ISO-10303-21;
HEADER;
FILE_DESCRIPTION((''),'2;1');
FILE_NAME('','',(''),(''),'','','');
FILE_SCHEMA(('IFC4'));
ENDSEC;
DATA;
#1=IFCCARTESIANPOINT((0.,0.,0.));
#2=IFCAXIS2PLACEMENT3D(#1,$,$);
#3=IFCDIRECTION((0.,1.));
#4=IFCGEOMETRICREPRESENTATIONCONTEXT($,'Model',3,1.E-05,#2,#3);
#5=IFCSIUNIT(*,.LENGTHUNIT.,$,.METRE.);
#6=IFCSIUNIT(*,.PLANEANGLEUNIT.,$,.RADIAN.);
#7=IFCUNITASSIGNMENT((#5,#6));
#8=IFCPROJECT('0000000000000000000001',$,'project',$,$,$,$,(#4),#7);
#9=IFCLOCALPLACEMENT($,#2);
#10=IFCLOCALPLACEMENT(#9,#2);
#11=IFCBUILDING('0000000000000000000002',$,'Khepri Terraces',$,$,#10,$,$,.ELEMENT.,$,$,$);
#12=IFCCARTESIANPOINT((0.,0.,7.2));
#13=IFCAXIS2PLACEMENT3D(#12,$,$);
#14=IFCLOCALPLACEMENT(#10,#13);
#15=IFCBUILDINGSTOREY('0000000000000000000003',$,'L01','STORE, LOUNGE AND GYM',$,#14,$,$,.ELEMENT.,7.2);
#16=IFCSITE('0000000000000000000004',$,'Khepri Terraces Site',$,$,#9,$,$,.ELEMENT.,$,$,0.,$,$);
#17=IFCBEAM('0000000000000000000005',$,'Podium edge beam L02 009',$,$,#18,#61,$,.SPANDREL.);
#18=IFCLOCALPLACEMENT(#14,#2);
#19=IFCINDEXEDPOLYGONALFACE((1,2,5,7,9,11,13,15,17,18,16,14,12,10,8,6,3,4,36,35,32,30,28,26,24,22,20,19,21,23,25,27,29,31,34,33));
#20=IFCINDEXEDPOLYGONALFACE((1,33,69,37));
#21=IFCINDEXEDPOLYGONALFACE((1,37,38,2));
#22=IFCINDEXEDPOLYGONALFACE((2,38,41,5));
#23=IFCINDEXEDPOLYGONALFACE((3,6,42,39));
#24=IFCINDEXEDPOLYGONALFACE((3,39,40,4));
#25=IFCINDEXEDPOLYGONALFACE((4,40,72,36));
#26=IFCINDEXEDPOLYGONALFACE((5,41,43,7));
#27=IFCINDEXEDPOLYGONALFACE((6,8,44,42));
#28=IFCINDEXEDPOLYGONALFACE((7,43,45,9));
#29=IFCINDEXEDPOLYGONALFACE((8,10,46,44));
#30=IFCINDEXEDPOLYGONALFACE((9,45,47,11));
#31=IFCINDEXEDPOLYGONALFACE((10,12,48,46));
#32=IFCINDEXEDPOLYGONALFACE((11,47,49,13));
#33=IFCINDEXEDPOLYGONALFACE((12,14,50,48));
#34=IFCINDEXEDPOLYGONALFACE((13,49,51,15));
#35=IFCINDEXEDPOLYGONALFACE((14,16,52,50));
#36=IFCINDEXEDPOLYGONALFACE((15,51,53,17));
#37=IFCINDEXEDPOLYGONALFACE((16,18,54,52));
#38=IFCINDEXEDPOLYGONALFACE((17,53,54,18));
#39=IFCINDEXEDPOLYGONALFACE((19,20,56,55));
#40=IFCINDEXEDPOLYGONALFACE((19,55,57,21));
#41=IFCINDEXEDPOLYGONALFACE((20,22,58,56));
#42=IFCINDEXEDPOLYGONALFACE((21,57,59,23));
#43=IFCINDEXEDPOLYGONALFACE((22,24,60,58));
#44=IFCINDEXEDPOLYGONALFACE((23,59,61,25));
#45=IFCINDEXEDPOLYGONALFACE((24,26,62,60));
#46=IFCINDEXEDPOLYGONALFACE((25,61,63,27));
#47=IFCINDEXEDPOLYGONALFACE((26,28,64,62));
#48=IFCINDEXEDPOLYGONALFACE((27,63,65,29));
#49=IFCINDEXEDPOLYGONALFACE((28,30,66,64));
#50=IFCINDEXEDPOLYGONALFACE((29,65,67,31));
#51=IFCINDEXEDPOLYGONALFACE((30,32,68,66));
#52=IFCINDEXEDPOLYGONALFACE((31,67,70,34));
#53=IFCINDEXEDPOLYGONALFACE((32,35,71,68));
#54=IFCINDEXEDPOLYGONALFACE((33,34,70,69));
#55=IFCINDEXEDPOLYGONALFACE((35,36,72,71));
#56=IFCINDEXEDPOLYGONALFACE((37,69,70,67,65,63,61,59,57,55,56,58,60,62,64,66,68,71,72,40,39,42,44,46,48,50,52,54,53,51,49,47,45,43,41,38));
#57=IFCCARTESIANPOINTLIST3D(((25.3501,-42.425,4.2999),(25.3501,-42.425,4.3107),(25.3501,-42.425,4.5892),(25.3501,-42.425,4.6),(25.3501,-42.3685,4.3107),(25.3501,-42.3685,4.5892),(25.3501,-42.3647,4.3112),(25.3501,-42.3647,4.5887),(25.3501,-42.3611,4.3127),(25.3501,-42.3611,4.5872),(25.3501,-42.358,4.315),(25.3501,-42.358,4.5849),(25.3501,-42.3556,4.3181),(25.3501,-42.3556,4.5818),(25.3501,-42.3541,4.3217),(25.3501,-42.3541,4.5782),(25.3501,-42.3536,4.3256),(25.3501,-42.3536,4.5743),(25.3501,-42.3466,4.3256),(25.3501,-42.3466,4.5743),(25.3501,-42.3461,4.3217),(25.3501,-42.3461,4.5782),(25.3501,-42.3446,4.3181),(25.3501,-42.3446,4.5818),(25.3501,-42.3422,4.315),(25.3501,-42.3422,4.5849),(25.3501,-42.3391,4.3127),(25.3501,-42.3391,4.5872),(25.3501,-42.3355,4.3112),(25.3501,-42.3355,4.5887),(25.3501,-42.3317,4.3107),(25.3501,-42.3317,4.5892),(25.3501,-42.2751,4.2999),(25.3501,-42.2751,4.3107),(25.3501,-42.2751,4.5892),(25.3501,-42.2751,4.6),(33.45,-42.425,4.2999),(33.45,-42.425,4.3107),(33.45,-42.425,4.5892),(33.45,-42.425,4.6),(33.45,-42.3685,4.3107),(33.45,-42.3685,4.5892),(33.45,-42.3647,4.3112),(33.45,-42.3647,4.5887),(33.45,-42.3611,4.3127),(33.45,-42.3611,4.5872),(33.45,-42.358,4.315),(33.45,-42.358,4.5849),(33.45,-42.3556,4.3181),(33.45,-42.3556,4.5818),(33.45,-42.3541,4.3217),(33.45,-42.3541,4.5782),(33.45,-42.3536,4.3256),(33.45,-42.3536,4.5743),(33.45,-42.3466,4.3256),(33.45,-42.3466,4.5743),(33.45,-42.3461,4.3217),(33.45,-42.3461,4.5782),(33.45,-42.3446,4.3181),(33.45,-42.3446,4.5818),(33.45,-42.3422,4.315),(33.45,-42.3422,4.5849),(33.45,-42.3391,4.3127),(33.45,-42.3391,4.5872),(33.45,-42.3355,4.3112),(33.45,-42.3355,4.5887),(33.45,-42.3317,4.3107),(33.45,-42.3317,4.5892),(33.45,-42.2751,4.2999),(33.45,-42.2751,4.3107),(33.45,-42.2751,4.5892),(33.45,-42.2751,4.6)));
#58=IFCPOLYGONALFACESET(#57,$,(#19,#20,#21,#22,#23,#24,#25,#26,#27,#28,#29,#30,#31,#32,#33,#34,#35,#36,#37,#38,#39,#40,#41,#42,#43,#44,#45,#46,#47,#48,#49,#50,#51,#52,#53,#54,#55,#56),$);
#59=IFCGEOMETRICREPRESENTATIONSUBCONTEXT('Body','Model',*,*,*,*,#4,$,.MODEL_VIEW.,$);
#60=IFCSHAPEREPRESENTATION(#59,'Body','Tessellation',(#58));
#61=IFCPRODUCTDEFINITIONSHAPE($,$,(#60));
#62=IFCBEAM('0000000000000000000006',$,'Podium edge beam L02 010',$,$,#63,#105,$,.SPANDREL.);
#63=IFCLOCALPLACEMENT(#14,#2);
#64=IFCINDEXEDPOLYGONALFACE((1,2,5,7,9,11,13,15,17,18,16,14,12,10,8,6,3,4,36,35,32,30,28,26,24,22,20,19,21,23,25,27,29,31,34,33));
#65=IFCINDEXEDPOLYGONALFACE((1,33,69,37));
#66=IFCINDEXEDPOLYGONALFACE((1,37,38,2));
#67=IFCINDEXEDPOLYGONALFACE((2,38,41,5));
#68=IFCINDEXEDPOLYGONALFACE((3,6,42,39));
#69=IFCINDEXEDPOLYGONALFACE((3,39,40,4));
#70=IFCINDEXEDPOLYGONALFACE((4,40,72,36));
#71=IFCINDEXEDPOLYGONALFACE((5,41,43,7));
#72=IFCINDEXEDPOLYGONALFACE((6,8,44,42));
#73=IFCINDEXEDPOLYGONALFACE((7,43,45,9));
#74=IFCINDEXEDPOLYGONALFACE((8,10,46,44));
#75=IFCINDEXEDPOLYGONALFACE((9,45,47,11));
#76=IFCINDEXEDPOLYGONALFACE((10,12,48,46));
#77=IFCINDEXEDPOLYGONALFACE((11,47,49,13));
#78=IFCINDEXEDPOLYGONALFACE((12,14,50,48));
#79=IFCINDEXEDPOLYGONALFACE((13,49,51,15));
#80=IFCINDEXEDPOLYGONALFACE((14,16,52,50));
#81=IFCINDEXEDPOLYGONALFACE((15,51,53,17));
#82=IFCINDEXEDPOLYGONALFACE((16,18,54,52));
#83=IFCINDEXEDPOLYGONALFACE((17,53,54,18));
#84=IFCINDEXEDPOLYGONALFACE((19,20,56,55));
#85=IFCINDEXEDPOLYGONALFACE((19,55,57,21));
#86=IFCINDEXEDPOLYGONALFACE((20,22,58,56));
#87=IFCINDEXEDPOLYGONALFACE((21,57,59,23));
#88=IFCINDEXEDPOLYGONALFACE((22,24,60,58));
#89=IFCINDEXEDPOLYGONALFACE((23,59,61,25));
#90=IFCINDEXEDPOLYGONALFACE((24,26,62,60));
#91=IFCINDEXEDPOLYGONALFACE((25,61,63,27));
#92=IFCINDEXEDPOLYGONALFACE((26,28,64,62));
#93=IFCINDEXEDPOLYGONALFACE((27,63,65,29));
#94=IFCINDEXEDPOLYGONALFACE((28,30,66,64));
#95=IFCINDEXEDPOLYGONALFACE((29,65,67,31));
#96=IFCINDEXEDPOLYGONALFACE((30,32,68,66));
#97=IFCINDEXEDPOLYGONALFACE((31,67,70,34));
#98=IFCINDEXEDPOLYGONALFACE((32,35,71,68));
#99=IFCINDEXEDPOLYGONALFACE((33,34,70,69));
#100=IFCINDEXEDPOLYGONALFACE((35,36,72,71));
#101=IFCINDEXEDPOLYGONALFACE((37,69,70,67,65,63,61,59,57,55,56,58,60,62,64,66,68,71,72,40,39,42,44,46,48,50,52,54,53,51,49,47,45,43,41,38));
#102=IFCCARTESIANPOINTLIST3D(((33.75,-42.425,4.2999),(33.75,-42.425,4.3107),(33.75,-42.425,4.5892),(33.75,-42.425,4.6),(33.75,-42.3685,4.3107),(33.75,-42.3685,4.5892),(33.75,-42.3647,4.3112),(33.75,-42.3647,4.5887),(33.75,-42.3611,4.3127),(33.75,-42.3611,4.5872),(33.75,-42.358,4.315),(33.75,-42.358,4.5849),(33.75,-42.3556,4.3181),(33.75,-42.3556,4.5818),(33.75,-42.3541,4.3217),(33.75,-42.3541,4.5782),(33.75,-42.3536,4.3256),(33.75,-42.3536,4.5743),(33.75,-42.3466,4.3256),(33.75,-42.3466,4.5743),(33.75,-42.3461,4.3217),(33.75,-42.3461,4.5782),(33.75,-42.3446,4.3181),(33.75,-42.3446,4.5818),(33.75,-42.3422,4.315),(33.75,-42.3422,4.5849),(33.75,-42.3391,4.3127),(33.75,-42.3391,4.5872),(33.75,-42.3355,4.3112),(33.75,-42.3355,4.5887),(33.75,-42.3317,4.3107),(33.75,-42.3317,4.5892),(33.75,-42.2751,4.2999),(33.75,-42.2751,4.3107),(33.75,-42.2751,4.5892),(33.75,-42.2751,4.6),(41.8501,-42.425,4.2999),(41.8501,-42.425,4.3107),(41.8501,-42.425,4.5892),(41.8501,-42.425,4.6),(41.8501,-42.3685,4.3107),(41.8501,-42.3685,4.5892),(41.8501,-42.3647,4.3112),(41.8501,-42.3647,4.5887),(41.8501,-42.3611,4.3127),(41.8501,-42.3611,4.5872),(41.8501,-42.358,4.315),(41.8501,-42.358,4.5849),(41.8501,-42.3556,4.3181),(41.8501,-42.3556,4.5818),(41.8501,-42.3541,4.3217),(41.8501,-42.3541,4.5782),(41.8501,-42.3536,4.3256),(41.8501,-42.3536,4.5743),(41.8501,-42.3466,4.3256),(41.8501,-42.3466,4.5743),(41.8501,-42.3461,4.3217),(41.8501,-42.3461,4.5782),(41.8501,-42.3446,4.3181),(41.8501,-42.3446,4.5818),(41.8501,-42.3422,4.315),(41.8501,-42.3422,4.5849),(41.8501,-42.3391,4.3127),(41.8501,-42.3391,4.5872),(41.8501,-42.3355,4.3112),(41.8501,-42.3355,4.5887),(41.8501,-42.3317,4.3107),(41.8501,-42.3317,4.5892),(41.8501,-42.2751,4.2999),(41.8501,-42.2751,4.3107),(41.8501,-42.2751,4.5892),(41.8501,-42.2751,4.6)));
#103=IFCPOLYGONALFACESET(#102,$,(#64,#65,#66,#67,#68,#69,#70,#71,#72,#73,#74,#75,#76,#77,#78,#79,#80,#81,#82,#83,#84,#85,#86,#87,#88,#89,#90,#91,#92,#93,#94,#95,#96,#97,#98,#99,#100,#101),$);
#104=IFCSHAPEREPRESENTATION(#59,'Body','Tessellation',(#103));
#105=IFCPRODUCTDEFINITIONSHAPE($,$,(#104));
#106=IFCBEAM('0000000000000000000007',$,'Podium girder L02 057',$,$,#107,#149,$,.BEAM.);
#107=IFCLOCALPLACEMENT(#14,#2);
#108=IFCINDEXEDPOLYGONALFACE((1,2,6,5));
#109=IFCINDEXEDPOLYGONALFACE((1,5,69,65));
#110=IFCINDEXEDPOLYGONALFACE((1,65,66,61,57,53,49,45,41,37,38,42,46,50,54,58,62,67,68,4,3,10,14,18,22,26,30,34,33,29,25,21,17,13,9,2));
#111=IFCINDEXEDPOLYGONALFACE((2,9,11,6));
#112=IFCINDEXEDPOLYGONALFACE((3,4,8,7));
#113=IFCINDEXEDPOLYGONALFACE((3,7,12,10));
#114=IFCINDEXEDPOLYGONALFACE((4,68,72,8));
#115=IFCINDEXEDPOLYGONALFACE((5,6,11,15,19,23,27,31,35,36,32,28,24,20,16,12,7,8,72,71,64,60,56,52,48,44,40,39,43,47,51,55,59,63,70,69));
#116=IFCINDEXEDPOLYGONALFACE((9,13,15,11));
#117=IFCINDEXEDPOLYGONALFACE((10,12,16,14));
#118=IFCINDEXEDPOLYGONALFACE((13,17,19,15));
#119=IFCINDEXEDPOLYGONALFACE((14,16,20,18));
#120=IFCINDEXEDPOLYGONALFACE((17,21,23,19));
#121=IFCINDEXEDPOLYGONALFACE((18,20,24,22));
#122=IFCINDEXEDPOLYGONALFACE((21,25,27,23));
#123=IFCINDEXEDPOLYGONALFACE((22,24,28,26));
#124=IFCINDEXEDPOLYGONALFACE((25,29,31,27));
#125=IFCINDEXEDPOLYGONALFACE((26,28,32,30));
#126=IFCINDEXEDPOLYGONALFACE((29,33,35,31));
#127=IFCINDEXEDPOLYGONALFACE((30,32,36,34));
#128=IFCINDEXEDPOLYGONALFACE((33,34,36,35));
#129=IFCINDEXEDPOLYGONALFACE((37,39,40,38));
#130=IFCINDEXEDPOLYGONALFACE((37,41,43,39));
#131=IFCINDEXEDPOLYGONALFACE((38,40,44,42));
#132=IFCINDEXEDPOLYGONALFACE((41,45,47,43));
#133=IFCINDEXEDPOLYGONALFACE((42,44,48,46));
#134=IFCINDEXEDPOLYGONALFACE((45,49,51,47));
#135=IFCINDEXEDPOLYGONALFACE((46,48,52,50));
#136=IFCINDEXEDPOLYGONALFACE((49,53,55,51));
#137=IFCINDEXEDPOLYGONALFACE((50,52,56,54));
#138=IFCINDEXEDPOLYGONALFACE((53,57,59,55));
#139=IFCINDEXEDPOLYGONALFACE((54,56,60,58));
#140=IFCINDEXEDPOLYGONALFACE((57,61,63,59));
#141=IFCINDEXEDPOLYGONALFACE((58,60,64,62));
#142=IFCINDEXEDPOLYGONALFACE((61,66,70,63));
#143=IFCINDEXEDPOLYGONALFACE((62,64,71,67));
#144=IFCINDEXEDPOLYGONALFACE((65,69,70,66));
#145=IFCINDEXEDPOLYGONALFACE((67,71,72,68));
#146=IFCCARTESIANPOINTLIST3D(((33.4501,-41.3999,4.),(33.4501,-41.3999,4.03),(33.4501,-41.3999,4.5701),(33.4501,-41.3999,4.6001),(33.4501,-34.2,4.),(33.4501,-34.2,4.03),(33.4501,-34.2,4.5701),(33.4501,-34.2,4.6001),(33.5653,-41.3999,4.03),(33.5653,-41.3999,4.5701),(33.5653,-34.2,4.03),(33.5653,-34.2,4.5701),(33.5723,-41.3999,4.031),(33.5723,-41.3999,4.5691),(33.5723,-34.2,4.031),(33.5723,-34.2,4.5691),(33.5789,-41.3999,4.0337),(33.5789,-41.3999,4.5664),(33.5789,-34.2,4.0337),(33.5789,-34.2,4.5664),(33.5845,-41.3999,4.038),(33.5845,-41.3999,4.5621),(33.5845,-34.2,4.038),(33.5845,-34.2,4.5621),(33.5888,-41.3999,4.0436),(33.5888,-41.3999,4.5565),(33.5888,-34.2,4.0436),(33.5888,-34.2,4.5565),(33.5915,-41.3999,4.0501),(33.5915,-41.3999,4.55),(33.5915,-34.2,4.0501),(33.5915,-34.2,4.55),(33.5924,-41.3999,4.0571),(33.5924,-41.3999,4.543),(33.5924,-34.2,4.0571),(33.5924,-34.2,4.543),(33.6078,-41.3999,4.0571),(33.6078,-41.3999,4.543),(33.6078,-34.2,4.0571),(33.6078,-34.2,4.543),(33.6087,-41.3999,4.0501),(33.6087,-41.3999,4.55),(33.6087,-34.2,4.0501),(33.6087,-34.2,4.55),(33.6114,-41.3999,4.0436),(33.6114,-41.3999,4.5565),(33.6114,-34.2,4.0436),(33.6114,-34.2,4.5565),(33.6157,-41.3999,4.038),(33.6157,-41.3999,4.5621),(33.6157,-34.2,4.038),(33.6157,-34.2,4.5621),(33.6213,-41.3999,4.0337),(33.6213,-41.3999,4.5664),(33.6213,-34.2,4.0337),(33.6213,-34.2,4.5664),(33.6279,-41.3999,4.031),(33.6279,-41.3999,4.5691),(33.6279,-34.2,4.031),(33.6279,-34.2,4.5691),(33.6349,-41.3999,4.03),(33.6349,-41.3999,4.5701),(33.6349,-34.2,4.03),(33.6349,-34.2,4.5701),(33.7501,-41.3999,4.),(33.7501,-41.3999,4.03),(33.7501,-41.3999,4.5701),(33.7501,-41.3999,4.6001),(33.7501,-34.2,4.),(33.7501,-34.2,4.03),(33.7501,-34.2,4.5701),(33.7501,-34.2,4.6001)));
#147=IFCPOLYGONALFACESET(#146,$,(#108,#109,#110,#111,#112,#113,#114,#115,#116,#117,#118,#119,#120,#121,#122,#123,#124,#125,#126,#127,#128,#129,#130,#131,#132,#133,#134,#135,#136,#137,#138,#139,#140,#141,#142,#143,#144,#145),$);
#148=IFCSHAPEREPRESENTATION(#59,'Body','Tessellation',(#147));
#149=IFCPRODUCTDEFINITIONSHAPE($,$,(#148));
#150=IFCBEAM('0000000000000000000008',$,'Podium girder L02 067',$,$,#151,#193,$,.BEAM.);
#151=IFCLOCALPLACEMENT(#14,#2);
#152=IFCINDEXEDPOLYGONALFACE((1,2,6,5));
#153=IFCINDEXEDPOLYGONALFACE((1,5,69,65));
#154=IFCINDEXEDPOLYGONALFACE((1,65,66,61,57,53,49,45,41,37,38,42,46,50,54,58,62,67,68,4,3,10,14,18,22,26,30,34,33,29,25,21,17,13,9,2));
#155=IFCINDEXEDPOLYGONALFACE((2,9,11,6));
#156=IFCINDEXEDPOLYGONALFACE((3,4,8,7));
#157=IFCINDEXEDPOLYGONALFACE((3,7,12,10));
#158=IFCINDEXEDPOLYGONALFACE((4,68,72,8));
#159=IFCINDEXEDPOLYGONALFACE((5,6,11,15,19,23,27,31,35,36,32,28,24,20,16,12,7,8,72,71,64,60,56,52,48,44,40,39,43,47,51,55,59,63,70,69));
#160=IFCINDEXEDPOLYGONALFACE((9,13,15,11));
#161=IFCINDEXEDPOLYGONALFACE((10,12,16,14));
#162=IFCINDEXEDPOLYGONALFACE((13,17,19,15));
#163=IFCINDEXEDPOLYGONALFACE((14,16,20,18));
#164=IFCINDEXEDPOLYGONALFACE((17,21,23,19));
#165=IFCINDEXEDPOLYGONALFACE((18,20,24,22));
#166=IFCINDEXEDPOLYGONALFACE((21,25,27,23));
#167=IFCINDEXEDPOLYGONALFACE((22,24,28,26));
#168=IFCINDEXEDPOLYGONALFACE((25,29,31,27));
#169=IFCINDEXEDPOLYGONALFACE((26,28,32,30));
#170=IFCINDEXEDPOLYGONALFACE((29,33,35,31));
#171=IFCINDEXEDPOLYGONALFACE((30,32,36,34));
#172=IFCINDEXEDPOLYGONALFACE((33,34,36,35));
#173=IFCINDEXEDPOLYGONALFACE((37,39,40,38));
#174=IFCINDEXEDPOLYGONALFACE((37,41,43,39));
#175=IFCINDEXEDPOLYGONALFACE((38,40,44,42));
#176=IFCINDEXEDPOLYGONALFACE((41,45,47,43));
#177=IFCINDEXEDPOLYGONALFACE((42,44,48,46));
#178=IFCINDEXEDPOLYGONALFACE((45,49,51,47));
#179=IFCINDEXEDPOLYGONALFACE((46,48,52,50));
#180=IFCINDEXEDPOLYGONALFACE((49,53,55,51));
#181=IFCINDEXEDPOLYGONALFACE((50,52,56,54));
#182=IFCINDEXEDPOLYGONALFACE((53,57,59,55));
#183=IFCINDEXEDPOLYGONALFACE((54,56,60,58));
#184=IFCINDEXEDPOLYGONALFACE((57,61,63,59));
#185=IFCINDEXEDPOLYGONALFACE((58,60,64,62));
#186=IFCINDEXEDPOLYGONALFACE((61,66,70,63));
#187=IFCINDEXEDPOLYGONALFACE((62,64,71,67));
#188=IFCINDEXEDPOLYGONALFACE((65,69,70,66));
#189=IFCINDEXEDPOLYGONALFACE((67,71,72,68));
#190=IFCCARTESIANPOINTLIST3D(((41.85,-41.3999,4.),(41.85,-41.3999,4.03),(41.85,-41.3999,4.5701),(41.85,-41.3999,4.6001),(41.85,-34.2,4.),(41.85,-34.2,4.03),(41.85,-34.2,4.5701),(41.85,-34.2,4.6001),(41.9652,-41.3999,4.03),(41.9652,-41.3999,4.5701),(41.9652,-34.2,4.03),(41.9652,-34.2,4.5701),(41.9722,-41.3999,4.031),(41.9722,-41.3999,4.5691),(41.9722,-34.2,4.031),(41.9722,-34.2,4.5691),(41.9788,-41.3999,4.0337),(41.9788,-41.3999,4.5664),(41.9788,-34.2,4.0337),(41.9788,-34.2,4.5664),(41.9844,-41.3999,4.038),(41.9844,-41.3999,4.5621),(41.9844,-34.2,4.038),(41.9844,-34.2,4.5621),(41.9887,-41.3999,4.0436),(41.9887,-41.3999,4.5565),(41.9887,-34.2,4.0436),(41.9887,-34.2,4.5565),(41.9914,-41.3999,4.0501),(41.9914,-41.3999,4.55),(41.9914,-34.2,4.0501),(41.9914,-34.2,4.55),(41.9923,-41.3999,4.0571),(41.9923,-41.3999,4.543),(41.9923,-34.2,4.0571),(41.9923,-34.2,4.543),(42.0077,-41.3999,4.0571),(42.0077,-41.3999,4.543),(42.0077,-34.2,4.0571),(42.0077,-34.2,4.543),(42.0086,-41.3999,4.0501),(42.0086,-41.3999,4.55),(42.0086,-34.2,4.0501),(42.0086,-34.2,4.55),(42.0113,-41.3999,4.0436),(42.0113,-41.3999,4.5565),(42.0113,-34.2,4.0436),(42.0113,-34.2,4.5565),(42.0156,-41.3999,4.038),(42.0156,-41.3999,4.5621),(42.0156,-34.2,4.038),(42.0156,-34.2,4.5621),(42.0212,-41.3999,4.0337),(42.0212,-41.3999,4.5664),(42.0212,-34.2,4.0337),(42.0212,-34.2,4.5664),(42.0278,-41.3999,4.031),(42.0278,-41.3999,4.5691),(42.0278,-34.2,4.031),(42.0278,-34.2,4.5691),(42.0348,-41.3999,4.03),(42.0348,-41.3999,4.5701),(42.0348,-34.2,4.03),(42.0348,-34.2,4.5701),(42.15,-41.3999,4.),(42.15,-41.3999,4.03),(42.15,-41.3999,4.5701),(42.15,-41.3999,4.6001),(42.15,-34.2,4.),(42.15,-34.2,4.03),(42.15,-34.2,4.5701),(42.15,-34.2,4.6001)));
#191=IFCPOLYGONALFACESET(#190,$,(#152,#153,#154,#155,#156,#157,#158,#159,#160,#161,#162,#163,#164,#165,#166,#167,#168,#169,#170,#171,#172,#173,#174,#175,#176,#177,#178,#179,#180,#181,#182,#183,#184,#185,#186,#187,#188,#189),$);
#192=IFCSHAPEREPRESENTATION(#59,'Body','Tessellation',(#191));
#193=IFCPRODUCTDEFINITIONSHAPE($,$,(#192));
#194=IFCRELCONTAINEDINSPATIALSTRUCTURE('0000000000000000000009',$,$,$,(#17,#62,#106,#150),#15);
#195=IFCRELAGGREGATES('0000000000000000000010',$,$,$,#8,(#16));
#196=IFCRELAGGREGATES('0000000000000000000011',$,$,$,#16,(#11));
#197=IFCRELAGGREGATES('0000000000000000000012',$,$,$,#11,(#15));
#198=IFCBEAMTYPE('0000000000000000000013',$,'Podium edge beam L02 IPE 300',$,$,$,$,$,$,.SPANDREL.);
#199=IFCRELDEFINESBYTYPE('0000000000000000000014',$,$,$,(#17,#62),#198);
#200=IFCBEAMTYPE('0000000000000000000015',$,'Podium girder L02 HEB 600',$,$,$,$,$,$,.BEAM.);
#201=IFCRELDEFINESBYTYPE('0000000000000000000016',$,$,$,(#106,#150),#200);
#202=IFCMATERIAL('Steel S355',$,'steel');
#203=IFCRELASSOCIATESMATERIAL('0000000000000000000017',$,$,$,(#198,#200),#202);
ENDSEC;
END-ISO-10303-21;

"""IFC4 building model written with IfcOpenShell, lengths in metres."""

from ifc_helpers import new_model, si_unit, direction, frame, origin, origin_2d, place, context, subcontext, project, spatial, i_section, extrude, material, material_profile, profile_set, type_object, element, save


model = new_model("IFC4")

# Units and contexts
model_context = context("Model", 3, precision=1e-05, world=origin(), true_north=direction((0.0, 1.0)))
body_context = subcontext(model_context, "Body", "Model", "MODEL_VIEW")
ifc_project = project(units=[si_unit("LENGTHUNIT", "METRE"), si_unit("PLANEANGLEUNIT", "RADIAN")], contexts=[model_context])

# Site, building, storey
site_placement = place(None, origin())
site = spatial("IfcSite", under=ifc_project, at=site_placement, Name="Khepri Terraces Site", CompositionType="ELEMENT", RefElevation=0.0)
building_placement = place(site_placement, origin())
building = spatial("IfcBuilding", under=site, at=building_placement, Name="Khepri Terraces", CompositionType="ELEMENT")
storey_placement = place(building_placement, frame((0.0, 0.0, 7.2)))
storey = spatial("IfcBuildingStorey", under=building, at=storey_placement, Name="L01", Description="STORE, LOUNGE AND GYM", CompositionType="ELEMENT", Elevation=7.2)

# Beams
ifc_material_1 = material(Name="Steel S355", Category="steel")
ifc_material_profile_1 = material_profile(ifc_material_1, i_section(OverallWidth=0.1499, OverallDepth=0.3, WebThickness=0.0071, FlangeThickness=0.0107, FilletRadius=0.0149, at=origin_2d()), Name="Steel S355", Category="steel")
ifc_profile_set_1 = profile_set([ifc_material_profile_1], Name="Steel S355")
beam_type_1 = type_object("IfcBeamType", Name="Podium edge beam L02 IPE 300", PredefinedType="SPANDREL", material=ifc_profile_set_1)
beam_1_placement = place(storey_placement, frame((25.3501, -42.3501, 4.45), z_axis=(1.0, 0.0, 0.0), x_axis=(0.0, 1.0, 0.0)))
element("IfcBeam", 1, at=beam_1_placement, inside=storey, type_object=beam_type_1, Name="Podium edge beam L02 009", PredefinedType="SPANDREL", context=body_context, shape_type="SweptSolid", body=[
    extrude(i_section(OverallWidth=0.1499, OverallDepth=0.3, WebThickness=0.0071, FlangeThickness=0.0107, FilletRadius=0.0149, at=origin_2d()), origin(), (0.0, 0.0, 1.0), 8.0999),
])
beam_2_placement = place(storey_placement, frame((33.75, -42.3501, 4.45), z_axis=(1.0, 0.0, 0.0), x_axis=(0.0, 1.0, 0.0)))
element("IfcBeam", 2, at=beam_2_placement, inside=storey, type_object=beam_type_1, Name="Podium edge beam L02 010", PredefinedType="SPANDREL", context=body_context, shape_type="SweptSolid", body=[
    extrude(i_section(OverallWidth=0.1499, OverallDepth=0.3, WebThickness=0.0071, FlangeThickness=0.0107, FilletRadius=0.0149, at=origin_2d()), origin(), (0.0, 0.0, 1.0), 8.1001),
])
ifc_material_profile_2 = material_profile(ifc_material_1, i_section(OverallWidth=0.3, OverallDepth=0.6001, WebThickness=0.0154, FlangeThickness=0.03, FilletRadius=0.0271, at=origin_2d()), Name="Steel S355", Category="steel")
ifc_profile_set_2 = profile_set([ifc_material_profile_2], Name="Steel S355")
beam_type_2 = type_object("IfcBeamType", Name="Podium girder L02 HEB 600", PredefinedType="BEAM", material=ifc_profile_set_2)
for number, where, z_axis, x_axis, name in (
    (3, (33.6001, -41.3999, 4.3), (0.0, 1.0, 0.0), (-1.0, 0.0, 0.0), "Podium girder L02 057"),
    (4, (42.0, -41.3999, 4.3), (0.0, 1.0, 0.0), (-1.0, 0.0, 0.0), "Podium girder L02 067"),
):
    element("IfcBeam", number, at=place(storey_placement, frame(where, z_axis=z_axis, x_axis=x_axis)), inside=storey, type_object=beam_type_2, Name=name, PredefinedType="BEAM", context=body_context, shape_type="SweptSolid", body=[
        extrude(i_section(OverallWidth=0.3, OverallDepth=0.6001, WebThickness=0.0154, FlangeThickness=0.03, FilletRadius=0.0271, at=origin_2d()), origin(), (0.0, 0.0, 1.0), 7.2),
    ])

save(model, "model.ifc")
